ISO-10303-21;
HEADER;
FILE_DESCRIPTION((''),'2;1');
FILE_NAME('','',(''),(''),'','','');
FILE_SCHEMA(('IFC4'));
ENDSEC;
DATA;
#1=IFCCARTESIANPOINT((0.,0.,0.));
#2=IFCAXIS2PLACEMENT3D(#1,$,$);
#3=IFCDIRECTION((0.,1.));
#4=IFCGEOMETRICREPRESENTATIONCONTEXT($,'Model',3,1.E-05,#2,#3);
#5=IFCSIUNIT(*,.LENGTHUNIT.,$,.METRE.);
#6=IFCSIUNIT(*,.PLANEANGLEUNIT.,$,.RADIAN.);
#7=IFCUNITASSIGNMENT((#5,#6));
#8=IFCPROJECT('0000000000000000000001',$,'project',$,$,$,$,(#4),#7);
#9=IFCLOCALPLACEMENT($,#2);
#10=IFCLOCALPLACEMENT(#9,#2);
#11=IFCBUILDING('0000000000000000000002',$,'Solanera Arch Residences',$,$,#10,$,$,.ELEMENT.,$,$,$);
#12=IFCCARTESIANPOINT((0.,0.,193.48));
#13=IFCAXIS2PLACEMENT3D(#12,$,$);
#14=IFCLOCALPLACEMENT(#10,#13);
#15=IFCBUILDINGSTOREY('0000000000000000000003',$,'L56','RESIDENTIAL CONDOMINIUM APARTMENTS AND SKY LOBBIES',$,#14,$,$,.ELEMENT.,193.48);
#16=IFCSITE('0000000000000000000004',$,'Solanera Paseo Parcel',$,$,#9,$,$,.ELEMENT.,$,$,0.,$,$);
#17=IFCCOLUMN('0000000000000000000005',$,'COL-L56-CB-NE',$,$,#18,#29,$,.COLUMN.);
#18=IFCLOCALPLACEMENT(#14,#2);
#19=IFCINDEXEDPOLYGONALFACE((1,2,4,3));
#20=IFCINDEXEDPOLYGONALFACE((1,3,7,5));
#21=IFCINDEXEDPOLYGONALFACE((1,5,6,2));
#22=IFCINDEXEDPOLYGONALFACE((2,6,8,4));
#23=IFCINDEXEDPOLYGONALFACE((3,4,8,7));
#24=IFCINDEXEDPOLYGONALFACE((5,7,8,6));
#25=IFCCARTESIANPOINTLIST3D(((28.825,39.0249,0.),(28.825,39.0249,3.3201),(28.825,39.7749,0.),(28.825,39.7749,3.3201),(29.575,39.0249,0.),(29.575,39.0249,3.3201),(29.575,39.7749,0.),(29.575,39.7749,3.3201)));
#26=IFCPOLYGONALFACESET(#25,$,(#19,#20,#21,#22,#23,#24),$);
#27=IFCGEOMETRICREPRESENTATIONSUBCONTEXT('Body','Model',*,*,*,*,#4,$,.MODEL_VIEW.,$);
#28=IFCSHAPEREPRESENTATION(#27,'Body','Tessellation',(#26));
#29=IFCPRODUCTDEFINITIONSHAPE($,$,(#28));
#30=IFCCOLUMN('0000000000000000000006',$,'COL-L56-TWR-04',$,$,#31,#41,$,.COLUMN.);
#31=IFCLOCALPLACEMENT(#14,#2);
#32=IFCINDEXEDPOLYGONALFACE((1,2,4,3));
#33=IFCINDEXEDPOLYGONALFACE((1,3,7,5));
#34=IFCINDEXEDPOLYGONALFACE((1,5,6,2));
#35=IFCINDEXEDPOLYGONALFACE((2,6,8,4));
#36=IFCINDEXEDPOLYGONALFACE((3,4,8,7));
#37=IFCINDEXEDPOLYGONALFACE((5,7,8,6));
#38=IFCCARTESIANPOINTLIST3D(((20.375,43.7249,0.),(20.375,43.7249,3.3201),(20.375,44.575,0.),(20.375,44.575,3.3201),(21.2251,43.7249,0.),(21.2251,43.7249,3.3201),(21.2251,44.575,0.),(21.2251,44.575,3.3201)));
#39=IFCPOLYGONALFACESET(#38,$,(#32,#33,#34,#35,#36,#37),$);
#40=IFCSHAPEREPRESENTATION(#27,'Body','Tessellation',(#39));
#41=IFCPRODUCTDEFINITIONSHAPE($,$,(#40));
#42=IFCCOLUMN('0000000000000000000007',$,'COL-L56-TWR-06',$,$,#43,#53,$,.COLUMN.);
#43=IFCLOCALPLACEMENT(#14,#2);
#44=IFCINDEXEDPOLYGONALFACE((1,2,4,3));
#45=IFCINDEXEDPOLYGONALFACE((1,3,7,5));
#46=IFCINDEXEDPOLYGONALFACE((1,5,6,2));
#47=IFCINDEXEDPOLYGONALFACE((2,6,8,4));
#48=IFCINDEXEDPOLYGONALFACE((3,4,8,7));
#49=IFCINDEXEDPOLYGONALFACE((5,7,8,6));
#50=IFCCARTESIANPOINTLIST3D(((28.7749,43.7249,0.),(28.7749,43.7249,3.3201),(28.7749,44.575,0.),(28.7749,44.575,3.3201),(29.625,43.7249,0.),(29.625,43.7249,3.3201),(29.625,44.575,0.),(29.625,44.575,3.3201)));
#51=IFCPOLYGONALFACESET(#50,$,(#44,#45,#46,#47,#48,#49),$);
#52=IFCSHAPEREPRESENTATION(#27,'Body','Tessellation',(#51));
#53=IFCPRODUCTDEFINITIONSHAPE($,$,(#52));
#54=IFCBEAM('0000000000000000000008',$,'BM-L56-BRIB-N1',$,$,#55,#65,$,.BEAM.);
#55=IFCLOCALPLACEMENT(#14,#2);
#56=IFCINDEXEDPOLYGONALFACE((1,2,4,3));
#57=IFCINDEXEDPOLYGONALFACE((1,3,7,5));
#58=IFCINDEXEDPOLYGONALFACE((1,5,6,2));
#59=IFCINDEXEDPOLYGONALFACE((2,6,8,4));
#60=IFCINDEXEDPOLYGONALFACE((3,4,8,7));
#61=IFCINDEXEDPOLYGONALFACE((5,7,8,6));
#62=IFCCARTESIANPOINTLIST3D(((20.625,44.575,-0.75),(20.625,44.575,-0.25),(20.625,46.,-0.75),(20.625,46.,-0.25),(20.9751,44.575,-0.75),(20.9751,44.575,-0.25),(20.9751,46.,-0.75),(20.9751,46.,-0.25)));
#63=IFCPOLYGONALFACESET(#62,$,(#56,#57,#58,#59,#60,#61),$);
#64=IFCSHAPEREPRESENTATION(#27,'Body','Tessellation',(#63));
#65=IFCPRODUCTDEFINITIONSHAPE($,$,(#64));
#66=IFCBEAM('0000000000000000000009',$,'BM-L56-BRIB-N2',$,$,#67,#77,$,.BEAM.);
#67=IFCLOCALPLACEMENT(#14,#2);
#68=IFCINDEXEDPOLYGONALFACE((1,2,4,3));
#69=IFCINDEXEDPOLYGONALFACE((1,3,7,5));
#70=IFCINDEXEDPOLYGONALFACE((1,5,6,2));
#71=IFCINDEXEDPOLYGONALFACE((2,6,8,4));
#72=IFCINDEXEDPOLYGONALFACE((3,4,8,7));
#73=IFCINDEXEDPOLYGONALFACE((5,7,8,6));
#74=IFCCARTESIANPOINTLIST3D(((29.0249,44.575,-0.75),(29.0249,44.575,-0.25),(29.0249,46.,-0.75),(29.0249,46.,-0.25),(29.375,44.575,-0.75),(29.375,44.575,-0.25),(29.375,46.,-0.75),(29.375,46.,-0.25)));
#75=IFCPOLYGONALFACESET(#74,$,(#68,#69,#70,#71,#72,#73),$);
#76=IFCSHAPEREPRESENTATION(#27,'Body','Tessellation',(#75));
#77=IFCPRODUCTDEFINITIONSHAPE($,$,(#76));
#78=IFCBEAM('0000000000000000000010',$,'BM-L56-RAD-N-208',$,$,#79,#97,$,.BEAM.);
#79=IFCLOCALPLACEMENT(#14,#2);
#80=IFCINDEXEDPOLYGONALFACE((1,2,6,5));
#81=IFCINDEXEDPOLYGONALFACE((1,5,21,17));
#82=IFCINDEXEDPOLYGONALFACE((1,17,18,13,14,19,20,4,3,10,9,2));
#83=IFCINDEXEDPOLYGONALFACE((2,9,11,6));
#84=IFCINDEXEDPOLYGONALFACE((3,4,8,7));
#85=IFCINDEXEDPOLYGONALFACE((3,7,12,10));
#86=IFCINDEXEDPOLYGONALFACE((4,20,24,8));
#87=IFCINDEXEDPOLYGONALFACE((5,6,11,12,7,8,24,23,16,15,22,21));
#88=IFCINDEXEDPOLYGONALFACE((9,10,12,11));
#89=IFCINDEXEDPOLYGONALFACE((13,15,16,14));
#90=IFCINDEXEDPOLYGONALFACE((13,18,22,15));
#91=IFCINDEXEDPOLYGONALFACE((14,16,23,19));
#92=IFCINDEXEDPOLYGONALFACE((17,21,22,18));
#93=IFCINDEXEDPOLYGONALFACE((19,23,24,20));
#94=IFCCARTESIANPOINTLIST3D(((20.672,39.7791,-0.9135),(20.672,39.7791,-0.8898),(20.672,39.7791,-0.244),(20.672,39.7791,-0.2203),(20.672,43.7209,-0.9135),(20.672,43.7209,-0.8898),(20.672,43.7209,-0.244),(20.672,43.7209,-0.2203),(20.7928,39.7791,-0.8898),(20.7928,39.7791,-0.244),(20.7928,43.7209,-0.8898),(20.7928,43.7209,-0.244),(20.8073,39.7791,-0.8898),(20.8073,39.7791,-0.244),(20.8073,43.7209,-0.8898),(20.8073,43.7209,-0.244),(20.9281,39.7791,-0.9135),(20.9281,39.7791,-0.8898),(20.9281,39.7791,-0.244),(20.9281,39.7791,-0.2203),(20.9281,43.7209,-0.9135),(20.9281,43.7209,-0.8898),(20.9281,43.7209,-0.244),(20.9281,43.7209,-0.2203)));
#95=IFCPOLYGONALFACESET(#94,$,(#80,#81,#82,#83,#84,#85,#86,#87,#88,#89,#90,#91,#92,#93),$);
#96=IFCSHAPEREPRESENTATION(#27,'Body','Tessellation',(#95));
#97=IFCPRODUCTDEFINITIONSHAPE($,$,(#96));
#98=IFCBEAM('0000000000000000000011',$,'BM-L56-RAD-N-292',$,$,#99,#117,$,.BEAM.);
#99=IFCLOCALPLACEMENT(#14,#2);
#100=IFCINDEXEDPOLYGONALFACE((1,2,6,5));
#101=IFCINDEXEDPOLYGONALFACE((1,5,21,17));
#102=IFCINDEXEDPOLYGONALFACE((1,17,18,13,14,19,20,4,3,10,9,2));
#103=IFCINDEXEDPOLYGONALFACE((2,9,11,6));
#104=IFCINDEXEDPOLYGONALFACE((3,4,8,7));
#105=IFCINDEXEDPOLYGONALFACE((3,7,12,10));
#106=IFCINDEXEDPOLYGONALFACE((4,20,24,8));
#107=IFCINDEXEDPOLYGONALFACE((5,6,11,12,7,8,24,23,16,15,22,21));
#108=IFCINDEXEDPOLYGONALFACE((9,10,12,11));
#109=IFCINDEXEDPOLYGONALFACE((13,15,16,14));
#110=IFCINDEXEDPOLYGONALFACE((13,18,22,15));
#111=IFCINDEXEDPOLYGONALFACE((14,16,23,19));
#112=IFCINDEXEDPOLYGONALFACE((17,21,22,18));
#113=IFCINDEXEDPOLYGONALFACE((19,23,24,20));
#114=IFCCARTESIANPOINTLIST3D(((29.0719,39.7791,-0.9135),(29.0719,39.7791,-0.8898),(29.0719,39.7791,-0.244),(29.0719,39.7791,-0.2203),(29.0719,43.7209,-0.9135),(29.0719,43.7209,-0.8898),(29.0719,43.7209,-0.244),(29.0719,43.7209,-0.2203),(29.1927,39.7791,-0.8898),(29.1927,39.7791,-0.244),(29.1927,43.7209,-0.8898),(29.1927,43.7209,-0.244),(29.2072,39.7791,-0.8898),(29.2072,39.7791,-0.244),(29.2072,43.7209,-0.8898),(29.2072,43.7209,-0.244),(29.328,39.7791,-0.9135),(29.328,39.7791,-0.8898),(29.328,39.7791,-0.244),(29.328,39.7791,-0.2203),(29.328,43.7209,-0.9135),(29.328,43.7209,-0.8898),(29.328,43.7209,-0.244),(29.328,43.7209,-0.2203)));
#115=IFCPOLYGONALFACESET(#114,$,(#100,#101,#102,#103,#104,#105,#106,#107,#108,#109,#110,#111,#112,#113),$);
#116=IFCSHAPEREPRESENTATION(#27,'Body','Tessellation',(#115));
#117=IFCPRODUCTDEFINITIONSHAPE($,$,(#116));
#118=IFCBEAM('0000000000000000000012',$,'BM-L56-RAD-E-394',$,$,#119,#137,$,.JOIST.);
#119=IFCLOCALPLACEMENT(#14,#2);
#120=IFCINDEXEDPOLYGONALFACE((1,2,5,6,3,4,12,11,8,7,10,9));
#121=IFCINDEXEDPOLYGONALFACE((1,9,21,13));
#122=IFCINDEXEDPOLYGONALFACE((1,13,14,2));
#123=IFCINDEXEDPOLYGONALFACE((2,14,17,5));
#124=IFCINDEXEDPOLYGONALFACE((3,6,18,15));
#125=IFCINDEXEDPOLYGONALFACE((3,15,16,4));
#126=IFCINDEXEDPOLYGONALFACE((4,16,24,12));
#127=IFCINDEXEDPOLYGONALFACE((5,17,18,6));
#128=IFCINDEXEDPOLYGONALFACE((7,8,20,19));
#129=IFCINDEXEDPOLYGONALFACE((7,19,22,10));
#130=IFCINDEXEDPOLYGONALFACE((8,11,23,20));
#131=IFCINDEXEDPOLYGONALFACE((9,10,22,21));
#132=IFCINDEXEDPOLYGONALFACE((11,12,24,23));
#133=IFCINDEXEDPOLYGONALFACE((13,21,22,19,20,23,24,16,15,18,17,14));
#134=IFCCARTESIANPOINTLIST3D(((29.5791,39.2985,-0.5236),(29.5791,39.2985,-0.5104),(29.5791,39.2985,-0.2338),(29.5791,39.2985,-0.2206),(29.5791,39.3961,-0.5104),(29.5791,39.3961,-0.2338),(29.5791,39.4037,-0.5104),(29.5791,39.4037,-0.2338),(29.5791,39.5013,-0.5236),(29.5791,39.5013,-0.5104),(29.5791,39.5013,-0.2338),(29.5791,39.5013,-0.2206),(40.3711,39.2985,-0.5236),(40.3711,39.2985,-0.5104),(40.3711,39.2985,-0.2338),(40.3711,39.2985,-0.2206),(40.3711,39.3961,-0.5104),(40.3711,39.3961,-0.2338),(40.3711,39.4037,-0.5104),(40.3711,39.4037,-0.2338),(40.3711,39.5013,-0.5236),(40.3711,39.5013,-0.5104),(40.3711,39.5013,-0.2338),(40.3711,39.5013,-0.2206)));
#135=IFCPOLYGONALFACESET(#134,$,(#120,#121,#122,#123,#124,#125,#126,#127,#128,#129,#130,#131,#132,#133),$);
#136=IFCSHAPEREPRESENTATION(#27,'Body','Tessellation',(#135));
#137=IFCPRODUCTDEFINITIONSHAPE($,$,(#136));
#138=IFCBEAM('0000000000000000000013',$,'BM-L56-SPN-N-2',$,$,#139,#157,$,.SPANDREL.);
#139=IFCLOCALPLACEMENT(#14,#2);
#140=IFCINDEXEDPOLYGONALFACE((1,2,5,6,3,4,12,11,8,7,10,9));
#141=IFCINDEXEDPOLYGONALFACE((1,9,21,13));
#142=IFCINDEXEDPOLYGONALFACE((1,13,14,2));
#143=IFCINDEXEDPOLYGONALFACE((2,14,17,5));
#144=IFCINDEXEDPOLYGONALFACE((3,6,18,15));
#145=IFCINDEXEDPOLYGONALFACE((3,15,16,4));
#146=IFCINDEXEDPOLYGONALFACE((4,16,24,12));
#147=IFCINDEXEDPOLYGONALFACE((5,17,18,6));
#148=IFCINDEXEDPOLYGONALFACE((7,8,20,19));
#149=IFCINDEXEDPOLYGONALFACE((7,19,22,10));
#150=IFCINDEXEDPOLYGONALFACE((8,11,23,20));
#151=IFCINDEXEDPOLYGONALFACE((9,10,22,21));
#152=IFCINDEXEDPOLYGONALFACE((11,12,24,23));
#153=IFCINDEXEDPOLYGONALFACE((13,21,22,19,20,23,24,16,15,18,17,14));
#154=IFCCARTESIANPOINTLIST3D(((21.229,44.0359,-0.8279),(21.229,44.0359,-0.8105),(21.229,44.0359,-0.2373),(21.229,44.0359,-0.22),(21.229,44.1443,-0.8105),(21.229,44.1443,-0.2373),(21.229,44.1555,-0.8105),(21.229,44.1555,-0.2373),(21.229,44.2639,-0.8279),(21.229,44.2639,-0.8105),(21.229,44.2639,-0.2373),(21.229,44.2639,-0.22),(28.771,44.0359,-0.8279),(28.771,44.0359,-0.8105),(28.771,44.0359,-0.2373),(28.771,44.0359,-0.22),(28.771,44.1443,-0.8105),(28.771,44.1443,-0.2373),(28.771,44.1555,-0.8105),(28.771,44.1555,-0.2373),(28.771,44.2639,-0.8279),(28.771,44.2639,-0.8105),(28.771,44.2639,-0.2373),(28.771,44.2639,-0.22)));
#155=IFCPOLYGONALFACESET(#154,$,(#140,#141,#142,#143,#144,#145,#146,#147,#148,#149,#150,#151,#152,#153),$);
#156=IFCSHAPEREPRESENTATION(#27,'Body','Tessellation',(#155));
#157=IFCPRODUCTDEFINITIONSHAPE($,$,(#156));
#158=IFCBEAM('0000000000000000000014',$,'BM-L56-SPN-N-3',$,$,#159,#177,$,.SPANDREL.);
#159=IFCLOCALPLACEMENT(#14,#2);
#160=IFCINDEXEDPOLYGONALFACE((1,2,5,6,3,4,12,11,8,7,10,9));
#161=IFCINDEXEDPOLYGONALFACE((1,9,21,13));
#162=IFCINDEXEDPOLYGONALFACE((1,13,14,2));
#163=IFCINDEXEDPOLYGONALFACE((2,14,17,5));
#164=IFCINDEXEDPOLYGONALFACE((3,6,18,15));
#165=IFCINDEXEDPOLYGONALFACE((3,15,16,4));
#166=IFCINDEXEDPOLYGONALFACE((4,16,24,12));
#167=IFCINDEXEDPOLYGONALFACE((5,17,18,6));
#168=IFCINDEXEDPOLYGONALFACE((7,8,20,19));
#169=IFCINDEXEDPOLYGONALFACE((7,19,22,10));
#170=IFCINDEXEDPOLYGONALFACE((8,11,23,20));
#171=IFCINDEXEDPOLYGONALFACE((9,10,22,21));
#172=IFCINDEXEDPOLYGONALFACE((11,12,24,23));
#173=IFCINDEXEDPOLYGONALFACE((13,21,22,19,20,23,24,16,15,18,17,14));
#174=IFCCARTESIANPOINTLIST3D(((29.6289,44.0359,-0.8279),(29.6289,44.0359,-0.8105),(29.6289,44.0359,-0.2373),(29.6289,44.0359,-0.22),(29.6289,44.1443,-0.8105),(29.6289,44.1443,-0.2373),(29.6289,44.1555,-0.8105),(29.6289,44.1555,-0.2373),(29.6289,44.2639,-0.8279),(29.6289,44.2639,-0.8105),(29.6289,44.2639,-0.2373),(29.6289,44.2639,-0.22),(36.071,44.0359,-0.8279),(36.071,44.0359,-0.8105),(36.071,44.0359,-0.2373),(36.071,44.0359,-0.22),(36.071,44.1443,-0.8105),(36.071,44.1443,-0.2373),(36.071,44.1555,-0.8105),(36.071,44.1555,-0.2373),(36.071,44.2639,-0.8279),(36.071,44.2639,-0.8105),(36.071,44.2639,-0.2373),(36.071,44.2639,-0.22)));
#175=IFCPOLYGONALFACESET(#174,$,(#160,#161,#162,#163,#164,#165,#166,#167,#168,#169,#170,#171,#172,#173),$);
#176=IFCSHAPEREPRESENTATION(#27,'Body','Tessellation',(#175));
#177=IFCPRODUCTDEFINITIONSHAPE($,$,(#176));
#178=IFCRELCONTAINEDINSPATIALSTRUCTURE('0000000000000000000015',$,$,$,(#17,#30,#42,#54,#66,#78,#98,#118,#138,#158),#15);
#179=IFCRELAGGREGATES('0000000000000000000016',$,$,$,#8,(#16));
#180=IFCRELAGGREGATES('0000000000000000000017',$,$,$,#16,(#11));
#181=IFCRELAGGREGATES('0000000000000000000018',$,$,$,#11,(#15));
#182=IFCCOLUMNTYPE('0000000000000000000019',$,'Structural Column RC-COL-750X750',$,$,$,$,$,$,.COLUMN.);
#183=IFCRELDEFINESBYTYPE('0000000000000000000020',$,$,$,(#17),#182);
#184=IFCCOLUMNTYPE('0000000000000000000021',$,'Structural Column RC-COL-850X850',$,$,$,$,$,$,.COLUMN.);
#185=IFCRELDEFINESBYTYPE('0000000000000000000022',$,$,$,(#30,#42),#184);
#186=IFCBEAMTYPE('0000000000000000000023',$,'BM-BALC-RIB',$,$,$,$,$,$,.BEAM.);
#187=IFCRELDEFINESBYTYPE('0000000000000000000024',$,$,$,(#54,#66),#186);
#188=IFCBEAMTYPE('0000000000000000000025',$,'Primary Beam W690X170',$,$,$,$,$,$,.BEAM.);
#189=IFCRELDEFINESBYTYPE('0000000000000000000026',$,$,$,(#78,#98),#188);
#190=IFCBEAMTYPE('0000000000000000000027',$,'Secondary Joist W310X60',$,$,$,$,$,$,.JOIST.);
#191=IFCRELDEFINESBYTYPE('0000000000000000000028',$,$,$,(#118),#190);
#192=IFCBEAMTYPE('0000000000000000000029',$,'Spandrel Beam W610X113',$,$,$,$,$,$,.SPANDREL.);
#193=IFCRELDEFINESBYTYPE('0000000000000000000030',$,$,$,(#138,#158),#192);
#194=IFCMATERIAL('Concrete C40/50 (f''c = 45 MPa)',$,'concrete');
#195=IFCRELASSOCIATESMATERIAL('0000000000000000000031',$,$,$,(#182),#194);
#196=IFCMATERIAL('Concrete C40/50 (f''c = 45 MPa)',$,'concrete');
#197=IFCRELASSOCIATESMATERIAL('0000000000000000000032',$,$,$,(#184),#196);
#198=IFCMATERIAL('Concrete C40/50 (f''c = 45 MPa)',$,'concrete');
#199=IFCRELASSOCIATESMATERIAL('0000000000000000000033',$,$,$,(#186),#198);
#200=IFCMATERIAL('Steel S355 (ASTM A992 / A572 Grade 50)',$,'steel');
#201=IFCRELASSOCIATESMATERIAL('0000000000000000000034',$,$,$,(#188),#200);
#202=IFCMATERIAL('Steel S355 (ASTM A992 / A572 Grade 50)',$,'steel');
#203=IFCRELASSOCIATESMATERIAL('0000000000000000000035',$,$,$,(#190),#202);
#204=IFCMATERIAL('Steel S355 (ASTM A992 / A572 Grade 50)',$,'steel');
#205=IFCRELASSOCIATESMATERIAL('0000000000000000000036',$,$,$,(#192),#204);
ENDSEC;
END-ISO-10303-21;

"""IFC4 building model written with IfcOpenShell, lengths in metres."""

from ifc_helpers import new_model, si_unit, direction, frame, origin, origin_2d, place, context, subcontext, project, spatial, rectangle, i_section, extrude, material, material_profile, profile_set, type_object, element, save


model = new_model("IFC4")

# Units and contexts
model_context = context("Model", 3, precision=1e-05, world=origin(), true_north=direction((0.0, 1.0)))
body_context = subcontext(model_context, "Body", "Model", "MODEL_VIEW")
ifc_project = project(units=[si_unit("LENGTHUNIT", "METRE"), si_unit("PLANEANGLEUNIT", "RADIAN")], contexts=[model_context])

# Site, building, storey
site_placement = place(None, origin())
site = spatial("IfcSite", under=ifc_project, at=site_placement, Name="Solanera Paseo Parcel", CompositionType="ELEMENT", RefElevation=0.0)
building_placement = place(site_placement, origin())
building = spatial("IfcBuilding", under=site, at=building_placement, Name="Solanera Arch Residences", CompositionType="ELEMENT")
storey_placement = place(building_placement, frame((0.0, 0.0, 193.48)))
storey = spatial("IfcBuildingStorey", under=building, at=storey_placement, Name="L56", Description="RESIDENTIAL CONDOMINIUM APARTMENTS AND SKY LOBBIES", CompositionType="ELEMENT", Elevation=193.48)

# Columns
ifc_material_1 = material(Name="Concrete C40/50 (f'c = 45 MPa)", Category="concrete")
ifc_material_profile_1 = material_profile(ifc_material_1, rectangle(XDim=0.75, YDim=0.75, at=origin_2d()))
ifc_profile_set_1 = profile_set([ifc_material_profile_1], Name="Concrete C40/50 (f'c = 45 MPa)")
column_type_1 = type_object("IfcColumnType", Name="Structural Column RC-COL-750X750", PredefinedType="COLUMN", material=ifc_profile_set_1)
column_placement = place(storey_placement, frame((29.2, 39.3999, 0.0), z_axis=(0.0, 0.0, 1.0), x_axis=(1.0, 0.0, 0.0)))
element("IfcColumn", 1, at=column_placement, inside=storey, type_object=column_type_1, Name="COL-L56-CB-NE", PredefinedType="COLUMN", context=body_context, shape_type="SweptSolid", body=[
    extrude(rectangle(XDim=0.75, YDim=0.75, at=origin_2d()), origin(), (0.0, 0.0, 1.0), 3.3201),
])
ifc_material_2 = material(Name="Concrete C40/50 (f'c = 45 MPa)", Category="concrete")
ifc_material_profile_2 = material_profile(ifc_material_2, rectangle(XDim=0.8501, YDim=0.8501, at=origin_2d()))
ifc_profile_set_2 = profile_set([ifc_material_profile_2], Name="Concrete C40/50 (f'c = 45 MPa)")
column_type_2 = type_object("IfcColumnType", Name="Structural Column RC-COL-850X850", PredefinedType="COLUMN", material=ifc_profile_set_2)
for number, where, z_axis, x_axis, name in (
    (2, (20.8, 44.1499, 0.0), (0.0, 0.0, 1.0), (1.0, 0.0, 0.0), "COL-L56-TWR-04"),
    (3, (29.2, 44.1499, 0.0), (0.0, 0.0, 1.0), (1.0, 0.0, 0.0), "COL-L56-TWR-06"),
):
    element("IfcColumn", number, at=place(storey_placement, frame(where, z_axis=z_axis, x_axis=x_axis)), inside=storey, type_object=column_type_2, Name=name, PredefinedType="COLUMN", context=body_context, shape_type="SweptSolid", body=[
        extrude(rectangle(XDim=0.8501, YDim=0.8501, at=origin_2d()), origin(), (0.0, 0.0, 1.0), 3.3201),
    ])

# Beams
ifc_material_3 = material(Name="Concrete C40/50 (f'c = 45 MPa)", Category="concrete")
ifc_material_profile_3 = material_profile(ifc_material_3, rectangle(XDim=0.3501, YDim=0.5, at=origin_2d()))
ifc_profile_set_3 = profile_set([ifc_material_profile_3], Name="Concrete C40/50 (f'c = 45 MPa)")
beam_type_1 = type_object("IfcBeamType", Name="BM-BALC-RIB", PredefinedType="BEAM", material=ifc_profile_set_3)
for number, where, z_axis, x_axis, name in (
    (4, (20.8, 44.575, -0.5), (0.0, 1.0, 0.0), (-1.0, 0.0, 0.0), "BM-L56-BRIB-N1"),
    (5, (29.2, 44.575, -0.5), (0.0, 1.0, 0.0), (-1.0, 0.0, 0.0), "BM-L56-BRIB-N2"),
):
    element("IfcBeam", number, at=place(storey_placement, frame(where, z_axis=z_axis, x_axis=x_axis)), inside=storey, type_object=beam_type_1, Name=name, PredefinedType="BEAM", context=body_context, shape_type="SweptSolid", body=[
        extrude(rectangle(XDim=0.3501, YDim=0.5, at=origin_2d()), origin(), (0.0, 0.0, 1.0), 1.425),
    ])
ifc_material_4 = material(Name="Steel S355 (ASTM A992 / A572 Grade 50)", Category="steel")
ifc_material_profile_4 = material_profile(ifc_material_4, i_section(OverallWidth=0.2561, OverallDepth=0.6931, WebThickness=0.0144, FlangeThickness=0.0237, at=origin_2d()))
ifc_profile_set_4 = profile_set([ifc_material_profile_4], Name="Steel S355 (ASTM A992 / A572 Grade 50)")
beam_type_2 = type_object("IfcBeamType", Name="Primary Beam W690X170", PredefinedType="BEAM", material=ifc_profile_set_4)
for number, where, z_axis, x_axis, name in (
    (6, (20.8, 39.7791, -0.5669), (0.0, 1.0, 0.0), (-1.0, 0.0, 0.0), "BM-L56-RAD-N-208"),
    (7, (29.2, 39.7791, -0.5669), (0.0, 1.0, 0.0), (-1.0, 0.0, 0.0), "BM-L56-RAD-N-292"),
):
    element("IfcBeam", number, at=place(storey_placement, frame(where, z_axis=z_axis, x_axis=x_axis)), inside=storey, type_object=beam_type_2, Name=name, PredefinedType="BEAM", context=body_context, shape_type="SweptSolid", body=[
        extrude(i_section(OverallWidth=0.2561, OverallDepth=0.6931, WebThickness=0.0144, FlangeThickness=0.0237, at=origin_2d()), origin(), (0.0, 0.0, 1.0), 3.9419),
    ])
ifc_material_5 = material(Name="Steel S355 (ASTM A992 / A572 Grade 50)", Category="steel")
ifc_material_profile_5 = material_profile(ifc_material_5, i_section(OverallWidth=0.2029, OverallDepth=0.303, WebThickness=0.0076, FlangeThickness=0.0132, at=origin_2d()))
ifc_profile_set_5 = profile_set([ifc_material_profile_5], Name="Steel S355 (ASTM A992 / A572 Grade 50)")
beam_type_3 = type_object("IfcBeamType", Name="Secondary Joist W310X60", PredefinedType="JOIST", material=ifc_profile_set_5)
beam_1_placement = place(storey_placement, frame((29.5791, 39.3999, -0.3721), z_axis=(1.0, 0.0, 0.0), x_axis=(0.0, 1.0, 0.0)))
element("IfcBeam", 8, at=beam_1_placement, inside=storey, type_object=beam_type_3, Name="BM-L56-RAD-E-394", PredefinedType="JOIST", context=body_context, shape_type="SweptSolid", body=[
    extrude(i_section(OverallWidth=0.2029, OverallDepth=0.303, WebThickness=0.0076, FlangeThickness=0.0132, at=origin_2d()), origin(), (0.0, 0.0, 1.0), 10.792),
])
ifc_material_6 = material(Name="Steel S355 (ASTM A992 / A572 Grade 50)", Category="steel")
ifc_material_profile_6 = material_profile(ifc_material_6, i_section(OverallWidth=0.228, OverallDepth=0.6079, WebThickness=0.0112, FlangeThickness=0.0173, at=origin_2d()))
ifc_profile_set_6 = profile_set([ifc_material_profile_6], Name="Steel S355 (ASTM A992 / A572 Grade 50)")
beam_type_4 = type_object("IfcBeamType", Name="Spandrel Beam W610X113", PredefinedType="SPANDREL", material=ifc_profile_set_6)
beam_2_placement = place(storey_placement, frame((21.229, 44.1499, -0.5239), z_axis=(1.0, 0.0, 0.0), x_axis=(0.0, 1.0, 0.0)))
element("IfcBeam", 9, at=beam_2_placement, inside=storey, type_object=beam_type_4, Name="BM-L56-SPN-N-2", PredefinedType="SPANDREL", context=body_context, shape_type="SweptSolid", body=[
    extrude(i_section(OverallWidth=0.228, OverallDepth=0.6079, WebThickness=0.0112, FlangeThickness=0.0173, at=origin_2d()), origin(), (0.0, 0.0, 1.0), 7.542),
])
beam_3_placement = place(storey_placement, frame((29.6289, 44.1499, -0.5239), z_axis=(1.0, 0.0, 0.0), x_axis=(0.0, 1.0, 0.0)))
element("IfcBeam", 10, at=beam_3_placement, inside=storey, type_object=beam_type_4, Name="BM-L56-SPN-N-3", PredefinedType="SPANDREL", context=body_context, shape_type="SweptSolid", body=[
    extrude(i_section(OverallWidth=0.228, OverallDepth=0.6079, WebThickness=0.0112, FlangeThickness=0.0173, at=origin_2d()), origin(), (0.0, 0.0, 1.0), 6.4421),
])

save(model, "model.ifc")
